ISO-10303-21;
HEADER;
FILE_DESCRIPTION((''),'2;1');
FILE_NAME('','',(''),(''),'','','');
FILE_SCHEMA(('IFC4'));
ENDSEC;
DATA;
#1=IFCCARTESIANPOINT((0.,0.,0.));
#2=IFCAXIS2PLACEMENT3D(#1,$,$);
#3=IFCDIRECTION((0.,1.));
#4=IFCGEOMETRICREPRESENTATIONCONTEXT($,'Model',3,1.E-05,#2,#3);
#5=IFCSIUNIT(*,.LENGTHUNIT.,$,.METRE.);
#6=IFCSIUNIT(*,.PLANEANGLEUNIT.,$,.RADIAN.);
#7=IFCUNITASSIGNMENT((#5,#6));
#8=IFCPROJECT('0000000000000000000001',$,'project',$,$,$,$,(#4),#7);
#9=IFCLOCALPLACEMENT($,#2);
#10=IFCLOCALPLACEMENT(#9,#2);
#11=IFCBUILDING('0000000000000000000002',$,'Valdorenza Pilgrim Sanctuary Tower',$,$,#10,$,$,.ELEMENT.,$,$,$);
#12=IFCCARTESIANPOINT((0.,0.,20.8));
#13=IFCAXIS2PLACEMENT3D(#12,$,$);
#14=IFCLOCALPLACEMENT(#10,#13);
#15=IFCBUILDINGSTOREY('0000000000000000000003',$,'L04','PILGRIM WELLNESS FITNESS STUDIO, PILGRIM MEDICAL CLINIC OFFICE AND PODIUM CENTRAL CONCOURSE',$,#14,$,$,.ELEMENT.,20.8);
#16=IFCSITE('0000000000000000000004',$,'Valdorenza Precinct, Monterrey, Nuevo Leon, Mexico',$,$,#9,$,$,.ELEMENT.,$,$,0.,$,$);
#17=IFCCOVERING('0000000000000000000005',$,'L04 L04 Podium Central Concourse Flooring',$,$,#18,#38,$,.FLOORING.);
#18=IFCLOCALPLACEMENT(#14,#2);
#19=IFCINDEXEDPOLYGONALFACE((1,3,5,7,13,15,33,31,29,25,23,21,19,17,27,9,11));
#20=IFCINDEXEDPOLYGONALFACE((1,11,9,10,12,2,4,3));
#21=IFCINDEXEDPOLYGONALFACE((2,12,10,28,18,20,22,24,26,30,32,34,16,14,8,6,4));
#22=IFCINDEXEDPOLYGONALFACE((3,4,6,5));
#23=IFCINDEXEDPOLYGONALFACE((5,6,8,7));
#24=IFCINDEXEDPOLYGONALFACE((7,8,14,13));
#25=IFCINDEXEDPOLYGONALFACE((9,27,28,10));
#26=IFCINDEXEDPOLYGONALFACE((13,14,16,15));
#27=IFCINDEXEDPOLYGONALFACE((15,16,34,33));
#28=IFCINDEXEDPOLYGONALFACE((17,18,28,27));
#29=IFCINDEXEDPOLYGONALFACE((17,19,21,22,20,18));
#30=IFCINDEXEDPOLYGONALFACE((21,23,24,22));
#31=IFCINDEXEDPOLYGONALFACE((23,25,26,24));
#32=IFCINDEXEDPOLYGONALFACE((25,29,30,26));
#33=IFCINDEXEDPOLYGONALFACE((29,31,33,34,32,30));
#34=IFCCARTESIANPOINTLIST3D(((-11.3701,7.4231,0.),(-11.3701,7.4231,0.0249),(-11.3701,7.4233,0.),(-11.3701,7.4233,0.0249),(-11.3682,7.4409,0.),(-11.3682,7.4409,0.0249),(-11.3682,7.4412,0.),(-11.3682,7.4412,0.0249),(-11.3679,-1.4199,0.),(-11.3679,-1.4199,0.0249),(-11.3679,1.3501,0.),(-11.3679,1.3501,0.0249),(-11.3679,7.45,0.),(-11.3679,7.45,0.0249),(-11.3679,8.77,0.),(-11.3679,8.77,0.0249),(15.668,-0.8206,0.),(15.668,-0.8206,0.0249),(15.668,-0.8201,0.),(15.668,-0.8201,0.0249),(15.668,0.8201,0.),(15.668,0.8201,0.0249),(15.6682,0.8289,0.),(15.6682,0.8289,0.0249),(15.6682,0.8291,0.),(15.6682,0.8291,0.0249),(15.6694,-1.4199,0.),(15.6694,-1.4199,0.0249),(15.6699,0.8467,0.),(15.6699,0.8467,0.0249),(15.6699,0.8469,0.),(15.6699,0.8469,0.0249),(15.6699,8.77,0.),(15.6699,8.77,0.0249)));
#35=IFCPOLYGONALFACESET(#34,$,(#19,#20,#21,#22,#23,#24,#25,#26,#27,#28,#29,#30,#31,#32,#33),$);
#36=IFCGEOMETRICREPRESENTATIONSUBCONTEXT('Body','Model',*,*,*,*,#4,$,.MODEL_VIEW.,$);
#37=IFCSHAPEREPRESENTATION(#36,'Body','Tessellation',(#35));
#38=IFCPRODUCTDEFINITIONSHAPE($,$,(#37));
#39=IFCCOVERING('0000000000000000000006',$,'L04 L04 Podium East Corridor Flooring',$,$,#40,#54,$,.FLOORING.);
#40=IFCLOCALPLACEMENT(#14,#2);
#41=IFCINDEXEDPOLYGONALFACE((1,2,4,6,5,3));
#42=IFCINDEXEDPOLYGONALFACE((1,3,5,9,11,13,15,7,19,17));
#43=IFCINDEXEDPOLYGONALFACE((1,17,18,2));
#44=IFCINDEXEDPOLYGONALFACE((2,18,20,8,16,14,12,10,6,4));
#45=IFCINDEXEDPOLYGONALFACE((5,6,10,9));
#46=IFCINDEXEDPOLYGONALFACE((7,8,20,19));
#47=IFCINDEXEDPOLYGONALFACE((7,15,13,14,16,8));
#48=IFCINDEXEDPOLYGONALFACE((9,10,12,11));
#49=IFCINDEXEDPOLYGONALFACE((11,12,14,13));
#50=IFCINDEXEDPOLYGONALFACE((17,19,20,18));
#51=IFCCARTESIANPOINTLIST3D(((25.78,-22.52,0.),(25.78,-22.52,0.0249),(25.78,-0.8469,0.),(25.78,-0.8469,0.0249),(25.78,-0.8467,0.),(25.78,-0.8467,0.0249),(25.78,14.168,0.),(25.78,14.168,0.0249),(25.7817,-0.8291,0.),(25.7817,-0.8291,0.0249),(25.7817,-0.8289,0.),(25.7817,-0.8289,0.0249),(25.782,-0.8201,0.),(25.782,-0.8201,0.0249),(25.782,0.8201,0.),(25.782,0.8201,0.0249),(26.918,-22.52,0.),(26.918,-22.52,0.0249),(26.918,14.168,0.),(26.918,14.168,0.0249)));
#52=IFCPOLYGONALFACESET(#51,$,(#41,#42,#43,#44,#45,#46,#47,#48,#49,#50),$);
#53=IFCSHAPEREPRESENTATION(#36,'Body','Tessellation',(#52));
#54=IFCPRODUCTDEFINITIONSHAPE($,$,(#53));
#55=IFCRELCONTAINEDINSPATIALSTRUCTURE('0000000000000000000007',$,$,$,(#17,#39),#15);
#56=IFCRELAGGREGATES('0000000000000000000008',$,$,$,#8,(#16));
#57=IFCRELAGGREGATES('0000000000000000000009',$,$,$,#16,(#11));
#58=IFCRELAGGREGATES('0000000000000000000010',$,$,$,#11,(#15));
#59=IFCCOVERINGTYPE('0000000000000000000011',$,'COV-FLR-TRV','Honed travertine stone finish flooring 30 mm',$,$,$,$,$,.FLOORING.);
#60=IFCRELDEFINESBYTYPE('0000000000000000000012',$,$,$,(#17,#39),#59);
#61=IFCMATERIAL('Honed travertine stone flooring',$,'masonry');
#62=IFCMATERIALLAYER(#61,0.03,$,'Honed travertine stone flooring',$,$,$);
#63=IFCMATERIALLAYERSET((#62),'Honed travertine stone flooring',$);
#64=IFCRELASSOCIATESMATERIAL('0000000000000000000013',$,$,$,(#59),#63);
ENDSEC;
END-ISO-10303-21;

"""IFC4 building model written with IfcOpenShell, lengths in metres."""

from ifc_helpers import new_model, si_unit, direction, frame, origin, place, context, subcontext, project, spatial, polyline, outline, extrude, material, layer, layer_set, type_object, element, save


model = new_model("IFC4")

# Units and contexts
model_context = context("Model", 3, precision=1e-05, world=origin(), true_north=direction((0.0, 1.0)))
body_context = subcontext(model_context, "Body", "Model", "MODEL_VIEW")
ifc_project = project(units=[si_unit("LENGTHUNIT", "METRE"), si_unit("PLANEANGLEUNIT", "RADIAN")], contexts=[model_context])

# Site, building, storey
site_placement = place(None, origin())
site = spatial("IfcSite", under=ifc_project, at=site_placement, Name="Valdorenza Precinct, Monterrey, Nuevo Leon, Mexico", CompositionType="ELEMENT", RefElevation=0.0)
building_placement = place(site_placement, origin())
building = spatial("IfcBuilding", under=site, at=building_placement, Name="Valdorenza Pilgrim Sanctuary Tower", CompositionType="ELEMENT")
storey_placement = place(building_placement, frame((0.0, 0.0, 20.8)))
storey = spatial("IfcBuildingStorey", under=building, at=storey_placement, Name="L04", Description="PILGRIM WELLNESS FITNESS STUDIO, PILGRIM MEDICAL CLINIC OFFICE AND PODIUM CENTRAL CONCOURSE", CompositionType="ELEMENT", Elevation=20.8)

# Coverings
ifc_material_1 = material(Name="Honed travertine stone flooring", Category="masonry")
ifc_layer_1 = layer(ifc_material_1, 0.03, Name="Honed travertine stone flooring")
ifc_layer_set_1 = layer_set([ifc_layer_1], Name="Honed travertine stone flooring")
covering_type_1 = type_object("IfcCoveringType", Name="COV-FLR-TRV", Description="Honed travertine stone finish flooring 30 mm", PredefinedType="FLOORING", material=ifc_layer_set_1)
covering_1_placement = place(storey_placement, origin())
element("IfcCovering", 1, at=covering_1_placement, inside=storey, type_object=covering_type_1, Name="L04 L04 Podium Central Concourse Flooring", PredefinedType="FLOORING", context=body_context, shape_type="SweptSolid", body=[
    extrude(outline(polyline([(-11.3679, -1.4199), (-11.3679, -1.4199), (-11.3679, 1.3501), (-11.3701, 7.4231), (-11.3701, 7.4231), (-11.3701, 7.4233), (-11.3682, 7.4409), (-11.3682, 7.4412), (-11.3679, 7.45), (-11.3679, 8.77), (15.6699, 8.77), (15.6699, 0.8469), (15.6699, 0.8467), (15.6699, 0.8467), (15.6682, 0.8291), (15.6682, 0.8289), (15.668, 0.8201), (15.668, -0.8201), (15.668, -0.8206), (15.6694, -1.4199), (-11.3679, -1.4199)])), origin(), (0.0, 0.0, 1.0), 0.0249),
])
covering_2_placement = place(storey_placement, origin())
element("IfcCovering", 2, at=covering_2_placement, inside=storey, type_object=covering_type_1, Name="L04 L04 Podium East Corridor Flooring", PredefinedType="FLOORING", context=body_context, shape_type="SweptSolid", body=[
    extrude(outline(polyline([(25.78, -22.52), (25.78, -0.8469), (25.78, -0.8467), (25.78, -0.8467), (25.7817, -0.8291), (25.7817, -0.8289), (25.782, -0.8201), (25.782, 0.8201), (25.78, 14.168), (26.918, 14.168), (26.918, -22.52), (25.78, -22.52)])), origin(), (0.0, 0.0, 1.0), 0.0249),
])

save(model, "model.ifc")
